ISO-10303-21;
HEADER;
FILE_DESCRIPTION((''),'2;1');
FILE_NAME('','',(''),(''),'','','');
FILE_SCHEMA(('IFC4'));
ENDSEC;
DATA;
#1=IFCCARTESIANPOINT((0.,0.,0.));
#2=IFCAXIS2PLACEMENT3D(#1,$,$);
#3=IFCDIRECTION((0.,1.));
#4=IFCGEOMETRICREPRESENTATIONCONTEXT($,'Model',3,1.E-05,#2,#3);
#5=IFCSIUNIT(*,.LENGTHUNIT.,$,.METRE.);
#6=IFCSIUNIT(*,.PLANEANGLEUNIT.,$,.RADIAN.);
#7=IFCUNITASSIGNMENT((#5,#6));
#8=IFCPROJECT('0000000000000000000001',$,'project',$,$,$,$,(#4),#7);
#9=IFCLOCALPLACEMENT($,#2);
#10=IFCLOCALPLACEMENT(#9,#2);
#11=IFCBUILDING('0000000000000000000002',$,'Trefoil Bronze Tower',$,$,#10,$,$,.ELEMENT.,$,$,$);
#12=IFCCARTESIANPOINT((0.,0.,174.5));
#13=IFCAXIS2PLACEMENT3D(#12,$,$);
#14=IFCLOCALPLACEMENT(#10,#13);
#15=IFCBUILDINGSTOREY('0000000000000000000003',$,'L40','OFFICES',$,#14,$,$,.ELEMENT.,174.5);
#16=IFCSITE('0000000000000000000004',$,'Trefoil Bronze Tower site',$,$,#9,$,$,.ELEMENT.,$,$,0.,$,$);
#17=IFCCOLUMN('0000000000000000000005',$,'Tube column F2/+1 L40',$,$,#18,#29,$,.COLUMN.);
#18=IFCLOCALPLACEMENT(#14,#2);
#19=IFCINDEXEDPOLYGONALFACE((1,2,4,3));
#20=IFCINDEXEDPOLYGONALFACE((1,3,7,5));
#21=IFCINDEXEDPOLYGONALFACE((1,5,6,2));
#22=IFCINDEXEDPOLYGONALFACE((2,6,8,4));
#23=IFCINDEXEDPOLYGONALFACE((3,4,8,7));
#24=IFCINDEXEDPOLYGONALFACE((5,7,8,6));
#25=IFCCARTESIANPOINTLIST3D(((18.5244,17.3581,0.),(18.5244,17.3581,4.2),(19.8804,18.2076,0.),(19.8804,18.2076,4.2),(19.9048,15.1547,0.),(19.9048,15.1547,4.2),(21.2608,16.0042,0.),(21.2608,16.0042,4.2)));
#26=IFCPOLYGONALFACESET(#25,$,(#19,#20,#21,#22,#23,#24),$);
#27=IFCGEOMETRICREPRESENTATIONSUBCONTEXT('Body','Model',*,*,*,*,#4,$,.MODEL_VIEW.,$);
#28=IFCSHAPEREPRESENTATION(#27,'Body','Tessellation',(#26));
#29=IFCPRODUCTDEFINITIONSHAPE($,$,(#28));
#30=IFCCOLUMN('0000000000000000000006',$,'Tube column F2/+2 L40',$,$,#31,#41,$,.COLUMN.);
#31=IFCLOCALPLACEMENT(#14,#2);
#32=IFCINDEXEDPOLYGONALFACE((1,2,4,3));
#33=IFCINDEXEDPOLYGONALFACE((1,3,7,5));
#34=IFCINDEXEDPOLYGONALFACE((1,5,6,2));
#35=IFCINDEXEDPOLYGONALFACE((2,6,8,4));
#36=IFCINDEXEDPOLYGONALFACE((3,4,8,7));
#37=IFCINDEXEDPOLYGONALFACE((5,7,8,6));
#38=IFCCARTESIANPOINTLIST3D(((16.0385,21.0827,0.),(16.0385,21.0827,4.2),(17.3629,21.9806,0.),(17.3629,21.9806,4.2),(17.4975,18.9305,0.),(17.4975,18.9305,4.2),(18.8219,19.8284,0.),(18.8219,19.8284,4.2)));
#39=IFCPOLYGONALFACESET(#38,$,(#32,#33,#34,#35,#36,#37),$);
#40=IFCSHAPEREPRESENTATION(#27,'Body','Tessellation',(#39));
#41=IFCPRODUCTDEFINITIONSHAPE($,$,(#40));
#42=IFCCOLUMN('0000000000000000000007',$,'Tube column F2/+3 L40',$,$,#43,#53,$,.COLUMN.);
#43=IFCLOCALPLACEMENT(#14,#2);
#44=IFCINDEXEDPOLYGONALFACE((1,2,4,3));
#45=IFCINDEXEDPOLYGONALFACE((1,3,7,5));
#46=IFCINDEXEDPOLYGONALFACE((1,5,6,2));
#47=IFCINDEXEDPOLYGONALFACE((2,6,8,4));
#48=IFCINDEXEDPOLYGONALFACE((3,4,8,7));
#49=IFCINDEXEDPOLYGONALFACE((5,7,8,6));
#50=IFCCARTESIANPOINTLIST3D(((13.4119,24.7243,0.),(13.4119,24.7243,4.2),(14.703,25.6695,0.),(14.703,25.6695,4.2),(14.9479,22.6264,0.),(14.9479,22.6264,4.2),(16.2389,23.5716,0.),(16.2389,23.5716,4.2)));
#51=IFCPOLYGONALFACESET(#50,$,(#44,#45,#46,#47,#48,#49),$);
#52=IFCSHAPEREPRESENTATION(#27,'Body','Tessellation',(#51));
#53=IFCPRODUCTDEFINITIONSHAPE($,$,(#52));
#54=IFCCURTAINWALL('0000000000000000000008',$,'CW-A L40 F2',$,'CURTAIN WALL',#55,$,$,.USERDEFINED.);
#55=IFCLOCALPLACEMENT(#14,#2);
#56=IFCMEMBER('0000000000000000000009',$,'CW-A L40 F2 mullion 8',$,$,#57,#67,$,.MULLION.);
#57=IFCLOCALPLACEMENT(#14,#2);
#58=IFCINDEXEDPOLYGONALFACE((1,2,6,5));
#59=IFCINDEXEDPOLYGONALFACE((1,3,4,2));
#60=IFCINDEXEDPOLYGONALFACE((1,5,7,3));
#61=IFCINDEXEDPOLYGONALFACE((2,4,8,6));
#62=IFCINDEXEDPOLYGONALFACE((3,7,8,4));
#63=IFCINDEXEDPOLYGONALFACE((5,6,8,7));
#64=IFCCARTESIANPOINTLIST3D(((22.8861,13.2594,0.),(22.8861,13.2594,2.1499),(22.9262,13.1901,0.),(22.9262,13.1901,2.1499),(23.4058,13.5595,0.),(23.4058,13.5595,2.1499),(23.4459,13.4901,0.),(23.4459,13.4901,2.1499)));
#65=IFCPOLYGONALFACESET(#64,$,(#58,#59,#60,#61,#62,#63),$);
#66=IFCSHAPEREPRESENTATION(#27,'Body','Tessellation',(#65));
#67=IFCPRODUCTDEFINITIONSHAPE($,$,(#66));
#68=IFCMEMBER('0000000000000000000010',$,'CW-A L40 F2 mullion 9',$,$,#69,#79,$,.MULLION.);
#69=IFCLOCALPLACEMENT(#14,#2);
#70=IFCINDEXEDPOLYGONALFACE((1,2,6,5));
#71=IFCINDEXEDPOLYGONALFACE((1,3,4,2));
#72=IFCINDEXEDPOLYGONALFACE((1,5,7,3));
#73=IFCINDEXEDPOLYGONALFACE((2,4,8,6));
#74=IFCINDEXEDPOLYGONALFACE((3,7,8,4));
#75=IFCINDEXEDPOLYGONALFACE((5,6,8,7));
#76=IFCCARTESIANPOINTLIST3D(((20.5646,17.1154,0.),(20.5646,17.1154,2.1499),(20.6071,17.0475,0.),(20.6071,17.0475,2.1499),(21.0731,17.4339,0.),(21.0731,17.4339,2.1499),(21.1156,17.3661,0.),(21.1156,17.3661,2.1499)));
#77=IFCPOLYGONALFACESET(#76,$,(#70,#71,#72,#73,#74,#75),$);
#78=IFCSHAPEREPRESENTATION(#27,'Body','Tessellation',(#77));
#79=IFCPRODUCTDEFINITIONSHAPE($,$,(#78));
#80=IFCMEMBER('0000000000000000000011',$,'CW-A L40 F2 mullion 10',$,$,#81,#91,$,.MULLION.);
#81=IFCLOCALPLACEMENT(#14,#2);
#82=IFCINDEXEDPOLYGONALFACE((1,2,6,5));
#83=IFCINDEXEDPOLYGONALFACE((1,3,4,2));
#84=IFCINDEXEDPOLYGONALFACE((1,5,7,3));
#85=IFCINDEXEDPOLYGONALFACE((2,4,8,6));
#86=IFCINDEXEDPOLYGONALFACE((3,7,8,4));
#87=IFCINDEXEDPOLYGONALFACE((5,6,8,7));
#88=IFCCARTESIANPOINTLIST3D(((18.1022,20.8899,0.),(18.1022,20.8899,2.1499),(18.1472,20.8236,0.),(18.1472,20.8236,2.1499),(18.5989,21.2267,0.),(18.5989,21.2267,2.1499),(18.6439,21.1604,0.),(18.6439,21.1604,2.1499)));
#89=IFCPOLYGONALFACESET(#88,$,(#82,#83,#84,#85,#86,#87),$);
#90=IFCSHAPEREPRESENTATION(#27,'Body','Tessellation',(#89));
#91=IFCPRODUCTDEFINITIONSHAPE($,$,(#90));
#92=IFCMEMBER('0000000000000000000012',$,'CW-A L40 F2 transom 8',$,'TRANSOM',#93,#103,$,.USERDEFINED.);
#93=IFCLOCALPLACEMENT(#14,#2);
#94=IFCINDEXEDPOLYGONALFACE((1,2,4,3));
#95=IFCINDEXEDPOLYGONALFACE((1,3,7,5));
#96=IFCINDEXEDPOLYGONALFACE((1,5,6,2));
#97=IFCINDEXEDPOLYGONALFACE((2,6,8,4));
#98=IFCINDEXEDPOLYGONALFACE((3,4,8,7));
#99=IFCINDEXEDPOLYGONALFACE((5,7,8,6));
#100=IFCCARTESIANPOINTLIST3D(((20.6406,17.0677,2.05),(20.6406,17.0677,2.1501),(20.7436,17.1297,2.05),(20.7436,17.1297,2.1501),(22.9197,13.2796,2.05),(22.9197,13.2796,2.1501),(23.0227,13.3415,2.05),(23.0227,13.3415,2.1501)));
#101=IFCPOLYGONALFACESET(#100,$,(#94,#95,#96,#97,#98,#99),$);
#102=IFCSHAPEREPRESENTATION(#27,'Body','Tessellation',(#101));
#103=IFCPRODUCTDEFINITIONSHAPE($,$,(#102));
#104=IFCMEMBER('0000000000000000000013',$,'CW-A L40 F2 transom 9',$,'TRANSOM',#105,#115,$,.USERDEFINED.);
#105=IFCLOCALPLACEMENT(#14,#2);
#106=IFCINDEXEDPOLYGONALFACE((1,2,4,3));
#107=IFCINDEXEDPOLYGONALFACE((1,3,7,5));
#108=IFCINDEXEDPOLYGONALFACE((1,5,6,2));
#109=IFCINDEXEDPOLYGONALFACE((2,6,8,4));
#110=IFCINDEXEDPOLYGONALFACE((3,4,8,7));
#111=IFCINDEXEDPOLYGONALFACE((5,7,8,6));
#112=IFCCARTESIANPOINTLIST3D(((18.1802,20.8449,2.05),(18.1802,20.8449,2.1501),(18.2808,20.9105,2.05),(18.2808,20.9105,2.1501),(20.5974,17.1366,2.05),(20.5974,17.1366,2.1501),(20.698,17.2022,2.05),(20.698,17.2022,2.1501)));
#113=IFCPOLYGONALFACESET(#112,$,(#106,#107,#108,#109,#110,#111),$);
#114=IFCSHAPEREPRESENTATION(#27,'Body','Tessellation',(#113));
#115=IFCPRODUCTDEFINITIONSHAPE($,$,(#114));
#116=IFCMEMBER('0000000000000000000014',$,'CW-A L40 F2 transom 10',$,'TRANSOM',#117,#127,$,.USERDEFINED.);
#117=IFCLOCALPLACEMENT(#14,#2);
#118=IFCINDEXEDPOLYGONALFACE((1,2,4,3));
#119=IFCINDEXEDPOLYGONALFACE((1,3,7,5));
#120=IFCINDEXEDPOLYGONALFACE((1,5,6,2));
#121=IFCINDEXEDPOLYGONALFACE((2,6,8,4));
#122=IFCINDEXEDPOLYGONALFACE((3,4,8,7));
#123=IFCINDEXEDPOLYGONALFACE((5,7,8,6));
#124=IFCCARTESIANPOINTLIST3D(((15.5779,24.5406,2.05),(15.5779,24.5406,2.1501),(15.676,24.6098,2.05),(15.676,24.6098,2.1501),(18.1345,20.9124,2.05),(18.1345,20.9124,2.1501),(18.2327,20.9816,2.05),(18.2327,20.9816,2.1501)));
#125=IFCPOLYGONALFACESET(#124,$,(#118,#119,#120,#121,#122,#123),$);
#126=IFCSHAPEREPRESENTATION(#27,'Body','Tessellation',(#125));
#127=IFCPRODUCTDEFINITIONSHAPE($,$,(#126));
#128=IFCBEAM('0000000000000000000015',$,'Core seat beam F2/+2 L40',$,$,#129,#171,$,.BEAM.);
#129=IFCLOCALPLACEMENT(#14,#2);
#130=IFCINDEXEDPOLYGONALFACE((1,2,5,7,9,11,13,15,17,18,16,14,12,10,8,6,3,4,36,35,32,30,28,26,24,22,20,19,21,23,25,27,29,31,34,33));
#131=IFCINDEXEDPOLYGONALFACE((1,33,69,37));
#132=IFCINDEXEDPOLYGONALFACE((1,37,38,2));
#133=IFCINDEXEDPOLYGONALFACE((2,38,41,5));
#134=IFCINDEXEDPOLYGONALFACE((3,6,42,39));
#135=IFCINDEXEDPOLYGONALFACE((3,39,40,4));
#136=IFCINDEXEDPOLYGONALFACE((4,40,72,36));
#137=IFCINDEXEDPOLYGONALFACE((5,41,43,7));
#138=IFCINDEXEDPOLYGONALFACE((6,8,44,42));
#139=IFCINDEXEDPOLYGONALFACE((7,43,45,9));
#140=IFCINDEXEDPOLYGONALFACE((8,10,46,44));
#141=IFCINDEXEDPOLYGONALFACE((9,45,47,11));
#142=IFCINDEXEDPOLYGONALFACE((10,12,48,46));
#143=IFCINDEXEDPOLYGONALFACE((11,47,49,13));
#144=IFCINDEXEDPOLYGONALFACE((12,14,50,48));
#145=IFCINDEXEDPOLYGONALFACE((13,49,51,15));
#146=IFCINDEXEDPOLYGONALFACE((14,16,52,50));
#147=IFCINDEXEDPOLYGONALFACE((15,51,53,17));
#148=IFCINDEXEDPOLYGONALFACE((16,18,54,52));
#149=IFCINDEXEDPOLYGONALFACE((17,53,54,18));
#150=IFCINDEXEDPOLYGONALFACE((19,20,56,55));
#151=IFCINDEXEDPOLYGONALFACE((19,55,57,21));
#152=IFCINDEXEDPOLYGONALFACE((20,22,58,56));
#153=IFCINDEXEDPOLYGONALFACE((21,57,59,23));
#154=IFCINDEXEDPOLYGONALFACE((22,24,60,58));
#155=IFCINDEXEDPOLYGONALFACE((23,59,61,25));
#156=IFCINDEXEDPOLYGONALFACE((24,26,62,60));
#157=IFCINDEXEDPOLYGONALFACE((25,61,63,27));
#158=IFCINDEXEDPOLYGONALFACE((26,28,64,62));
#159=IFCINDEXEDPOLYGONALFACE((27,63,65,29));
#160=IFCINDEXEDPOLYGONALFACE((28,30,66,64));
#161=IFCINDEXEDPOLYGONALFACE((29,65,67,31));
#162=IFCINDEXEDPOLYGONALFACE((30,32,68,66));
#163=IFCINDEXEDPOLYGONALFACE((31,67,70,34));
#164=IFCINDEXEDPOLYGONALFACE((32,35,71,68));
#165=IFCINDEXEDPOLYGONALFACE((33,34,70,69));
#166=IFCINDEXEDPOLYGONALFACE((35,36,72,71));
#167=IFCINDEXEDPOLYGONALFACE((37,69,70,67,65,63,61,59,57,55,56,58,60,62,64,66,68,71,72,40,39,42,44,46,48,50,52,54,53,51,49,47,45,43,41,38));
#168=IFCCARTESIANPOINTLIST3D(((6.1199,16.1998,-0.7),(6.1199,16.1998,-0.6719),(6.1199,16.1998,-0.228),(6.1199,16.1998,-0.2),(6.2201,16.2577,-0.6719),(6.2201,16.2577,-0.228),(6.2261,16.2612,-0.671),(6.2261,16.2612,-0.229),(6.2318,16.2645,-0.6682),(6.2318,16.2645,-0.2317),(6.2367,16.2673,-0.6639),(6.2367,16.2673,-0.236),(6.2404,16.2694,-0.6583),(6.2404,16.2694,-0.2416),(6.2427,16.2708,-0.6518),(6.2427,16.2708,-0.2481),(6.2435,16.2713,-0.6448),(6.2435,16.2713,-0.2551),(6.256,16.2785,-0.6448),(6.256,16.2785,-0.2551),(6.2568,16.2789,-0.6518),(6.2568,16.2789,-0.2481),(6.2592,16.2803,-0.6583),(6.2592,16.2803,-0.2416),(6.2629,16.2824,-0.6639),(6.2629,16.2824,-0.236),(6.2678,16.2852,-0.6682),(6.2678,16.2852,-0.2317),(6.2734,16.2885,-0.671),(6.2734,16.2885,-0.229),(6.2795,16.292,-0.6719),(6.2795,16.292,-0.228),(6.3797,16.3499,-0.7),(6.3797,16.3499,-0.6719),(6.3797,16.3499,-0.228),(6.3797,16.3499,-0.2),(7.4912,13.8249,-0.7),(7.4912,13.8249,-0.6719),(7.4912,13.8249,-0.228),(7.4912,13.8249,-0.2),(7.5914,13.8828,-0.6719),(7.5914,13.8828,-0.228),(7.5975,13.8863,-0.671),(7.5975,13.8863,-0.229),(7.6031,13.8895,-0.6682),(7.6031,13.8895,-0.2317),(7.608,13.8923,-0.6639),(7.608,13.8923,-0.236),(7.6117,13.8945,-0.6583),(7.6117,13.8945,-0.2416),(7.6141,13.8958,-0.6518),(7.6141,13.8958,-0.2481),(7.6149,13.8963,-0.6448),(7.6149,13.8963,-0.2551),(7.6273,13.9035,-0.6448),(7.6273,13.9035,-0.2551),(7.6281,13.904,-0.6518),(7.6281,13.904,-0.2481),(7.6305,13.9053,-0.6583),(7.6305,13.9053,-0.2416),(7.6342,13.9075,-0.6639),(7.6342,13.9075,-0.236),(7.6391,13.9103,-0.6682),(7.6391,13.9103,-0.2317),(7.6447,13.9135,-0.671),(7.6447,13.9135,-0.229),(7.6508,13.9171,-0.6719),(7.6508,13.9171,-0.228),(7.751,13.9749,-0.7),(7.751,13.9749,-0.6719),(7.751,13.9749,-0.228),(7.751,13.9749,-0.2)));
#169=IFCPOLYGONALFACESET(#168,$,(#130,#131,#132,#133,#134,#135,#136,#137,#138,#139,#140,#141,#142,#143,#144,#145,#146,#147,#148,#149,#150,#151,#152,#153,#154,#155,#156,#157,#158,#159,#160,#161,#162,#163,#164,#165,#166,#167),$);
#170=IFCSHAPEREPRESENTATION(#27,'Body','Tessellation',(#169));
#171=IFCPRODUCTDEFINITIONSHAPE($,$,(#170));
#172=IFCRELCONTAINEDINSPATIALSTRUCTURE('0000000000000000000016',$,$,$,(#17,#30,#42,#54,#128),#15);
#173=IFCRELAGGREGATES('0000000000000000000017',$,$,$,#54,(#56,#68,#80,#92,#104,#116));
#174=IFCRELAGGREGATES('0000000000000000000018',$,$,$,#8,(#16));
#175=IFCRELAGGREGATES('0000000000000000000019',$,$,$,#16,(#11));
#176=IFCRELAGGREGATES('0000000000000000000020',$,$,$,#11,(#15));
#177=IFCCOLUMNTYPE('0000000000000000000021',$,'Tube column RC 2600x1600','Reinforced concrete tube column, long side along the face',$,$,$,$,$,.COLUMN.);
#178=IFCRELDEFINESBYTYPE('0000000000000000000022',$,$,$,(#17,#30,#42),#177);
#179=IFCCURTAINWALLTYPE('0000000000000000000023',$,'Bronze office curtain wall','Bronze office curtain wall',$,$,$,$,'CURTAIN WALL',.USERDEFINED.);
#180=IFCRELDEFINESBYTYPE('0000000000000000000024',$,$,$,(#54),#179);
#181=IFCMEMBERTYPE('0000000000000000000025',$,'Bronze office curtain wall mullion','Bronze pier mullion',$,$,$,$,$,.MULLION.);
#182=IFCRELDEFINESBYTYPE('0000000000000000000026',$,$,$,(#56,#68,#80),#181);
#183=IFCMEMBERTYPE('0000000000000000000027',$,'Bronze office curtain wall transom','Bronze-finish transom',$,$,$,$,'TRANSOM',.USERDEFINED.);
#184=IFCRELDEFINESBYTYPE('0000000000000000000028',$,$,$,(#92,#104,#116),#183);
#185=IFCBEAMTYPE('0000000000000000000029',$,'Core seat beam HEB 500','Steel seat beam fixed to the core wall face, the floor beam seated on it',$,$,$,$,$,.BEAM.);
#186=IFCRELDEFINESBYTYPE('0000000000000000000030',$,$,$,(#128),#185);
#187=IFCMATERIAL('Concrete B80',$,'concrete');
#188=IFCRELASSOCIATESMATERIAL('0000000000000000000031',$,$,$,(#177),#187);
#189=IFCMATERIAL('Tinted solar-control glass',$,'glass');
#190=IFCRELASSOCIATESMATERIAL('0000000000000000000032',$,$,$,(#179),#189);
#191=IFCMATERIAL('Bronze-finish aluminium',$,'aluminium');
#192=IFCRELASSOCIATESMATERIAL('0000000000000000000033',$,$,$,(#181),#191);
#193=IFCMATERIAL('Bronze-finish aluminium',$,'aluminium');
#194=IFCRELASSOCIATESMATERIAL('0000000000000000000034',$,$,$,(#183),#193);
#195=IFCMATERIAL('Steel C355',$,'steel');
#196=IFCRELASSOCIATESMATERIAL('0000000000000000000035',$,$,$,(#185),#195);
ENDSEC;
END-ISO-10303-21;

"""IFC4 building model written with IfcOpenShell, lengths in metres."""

from ifc_helpers import new_model, si_unit, direction, frame, origin, origin_2d, place, context, subcontext, project, spatial, rectangle, i_section, extrude, material, material_profile, profile_set, type_object, element, aggregate, save


model = new_model("IFC4")

# Units and contexts
model_context = context("Model", 3, precision=1e-05, world=origin(), true_north=direction((0.0, 1.0)))
body_context = subcontext(model_context, "Body", "Model", "MODEL_VIEW")
ifc_project = project(units=[si_unit("LENGTHUNIT", "METRE"), si_unit("PLANEANGLEUNIT", "RADIAN")], contexts=[model_context])

# Site, building, storey
site_placement = place(None, origin())
site = spatial("IfcSite", under=ifc_project, at=site_placement, Name="Trefoil Bronze Tower site", CompositionType="ELEMENT", RefElevation=0.0)
building_placement = place(site_placement, origin())
building = spatial("IfcBuilding", under=site, at=building_placement, Name="Trefoil Bronze Tower", CompositionType="ELEMENT")
storey_placement = place(building_placement, frame((0.0, 0.0, 174.5)))
storey = spatial("IfcBuildingStorey", under=building, at=storey_placement, Name="L40", Description="OFFICES", CompositionType="ELEMENT", Elevation=174.5)

# Columns
ifc_material_1 = material(Name="Concrete B80", Category="concrete")
ifc_material_profile_1 = material_profile(ifc_material_1, rectangle(XDim=2.6001, YDim=1.6001, at=origin_2d()), Name="RC 2600x1600")
ifc_profile_set_1 = profile_set([ifc_material_profile_1], Name="Concrete B80")
column_type = type_object("IfcColumnType", Name="Tube column RC 2600x1600", Description="Reinforced concrete tube column, long side along the face", PredefinedType="COLUMN", material=ifc_profile_set_1)
for number, where, z_axis, x_axis, name in (
    (1, (19.8926, 16.6812, 0.0), (0.0, 0.0, 1.0), (-0.530893, 0.847439, 0.0), "Tube column F2/+1 L40"),
    (2, (17.4302, 20.4556, 0.0), (0.0, 0.0, 1.0), (-0.561136, 0.827724, 0.0), "Tube column F2/+2 L40"),
    (3, (14.8254, 24.1479, 0.0), (0.0, 0.0, 1.0), (-0.590723, 0.806875, 0.0), "Tube column F2/+3 L40"),
):
    element("IfcColumn", number, at=place(storey_placement, frame(where, z_axis=z_axis, x_axis=x_axis)), inside=storey, type_object=column_type, Name=name, PredefinedType="COLUMN", context=body_context, shape_type="SweptSolid", body=[
        extrude(rectangle(XDim=2.6001, YDim=1.6001, at=origin_2d()), origin(), (0.0, 0.0, 1.0), 4.2),
    ])

# Curtain wall, members
ifc_material_2 = material(Name="Tinted solar-control glass", Category="glass")
curtain_wall_type = type_object("IfcCurtainWallType", Name="Bronze office curtain wall", Description="Bronze office curtain wall", ElementType="CURTAIN WALL", PredefinedType="USERDEFINED", material=ifc_material_2)
curtain_wall_placement = place(storey_placement, origin())
curtain_wall = element("IfcCurtainWall", 4, at=curtain_wall_placement, inside=storey, type_object=curtain_wall_type, Name="CW-A L40 F2", ObjectType="CURTAIN WALL", PredefinedType="USERDEFINED")
ifc_material_3 = material(Name="Bronze-finish aluminium", Category="aluminium")
ifc_material_profile_2 = material_profile(ifc_material_3, rectangle(XDim=0.6001, YDim=0.0801, at=origin_2d()), Name="CW-A mullion")
ifc_profile_set_2 = profile_set([ifc_material_profile_2], Name="Bronze-finish aluminium")
member_type_1 = type_object("IfcMemberType", Name="Bronze office curtain wall mullion", Description="Bronze pier mullion", PredefinedType="MULLION", material=ifc_profile_set_2)
member_1_placement = place(storey_placement, frame((23.166, 13.3748, 0.0), z_axis=(0.0, 0.0, 1.0), x_axis=(-0.866025, -0.5, 0.0)))
member_1 = element("IfcMember", 5, at=member_1_placement, type_object=member_type_1, Name="CW-A L40 F2 mullion 8", PredefinedType="MULLION", context=body_context, shape_type="SweptSolid", body=[
    extrude(rectangle(XDim=0.6001, YDim=0.0801, at=origin_2d()), origin(), (0.0, 0.0, 1.0), 2.1499),
])
member_2_placement = place(storey_placement, frame((20.8401, 17.2407, 0.0), z_axis=(0.0, 0.0, 1.0), x_axis=(-0.847439, -0.530893, 0.0)))
member_2 = element("IfcMember", 6, at=member_2_placement, type_object=member_type_1, Name="CW-A L40 F2 mullion 9", PredefinedType="MULLION", context=body_context, shape_type="SweptSolid", body=[
    extrude(rectangle(XDim=0.6001, YDim=0.0801, at=origin_2d()), origin(), (0.0, 0.0, 1.0), 2.1499),
])
member_3_placement = place(storey_placement, frame((18.373, 21.0251, 0.0), z_axis=(0.0, 0.0, 1.0), x_axis=(-0.827724, -0.561136, 0.0)))
member_3 = element("IfcMember", 7, at=member_3_placement, type_object=member_type_1, Name="CW-A L40 F2 mullion 10", PredefinedType="MULLION", context=body_context, shape_type="SweptSolid", body=[
    extrude(rectangle(XDim=0.6001, YDim=0.0801, at=origin_2d()), origin(), (0.0, 0.0, 1.0), 2.1499),
])
ifc_material_4 = material(Name="Bronze-finish aluminium", Category="aluminium")
ifc_material_profile_3 = material_profile(ifc_material_4, rectangle(XDim=0.1201, YDim=0.1001, at=origin_2d()), Name="CW-A transom")
ifc_profile_set_3 = profile_set([ifc_material_profile_3], Name="Bronze-finish aluminium")
member_type_2 = type_object("IfcMemberType", Name="Bronze office curtain wall transom", Description="Bronze-finish transom", ElementType="TRANSOM", PredefinedType="USERDEFINED", material=ifc_profile_set_3)
member_4_placement = place(storey_placement, frame((22.9712, 13.3105, 2.1001), z_axis=(-0.515527, 0.856873, 0.0), x_axis=(-0.856873, -0.515527, 0.0)))
member_4 = element("IfcMember", 8, at=member_4_placement, type_object=member_type_2, Name="CW-A L40 F2 transom 8", ObjectType="TRANSOM", PredefinedType="USERDEFINED", context=body_context, shape_type="SweptSolid", body=[
    extrude(rectangle(XDim=0.1201, YDim=0.1001, at=origin_2d()), origin(), (0.0, 0.0, 1.0), 4.4209),
])
member_5_placement = place(storey_placement, frame((20.6477, 17.1694, 2.1001), z_axis=(-0.546079, 0.837733, 0.0), x_axis=(-0.837733, -0.546079, 0.0)))
member_5 = element("IfcMember", 9, at=member_5_placement, type_object=member_type_2, Name="CW-A L40 F2 transom 9", ObjectType="TRANSOM", PredefinedType="USERDEFINED", context=body_context, shape_type="SweptSolid", body=[
    extrude(rectangle(XDim=0.1201, YDim=0.1001, at=origin_2d()), origin(), (0.0, 0.0, 1.0), 4.4265),
])
member_6_placement = place(storey_placement, frame((18.1836, 20.947, 2.1001), z_axis=(-0.576018, 0.817437, 0.0), x_axis=(-0.817437, -0.576018, 0.0)))
member_6 = element("IfcMember", 10, at=member_6_placement, type_object=member_type_2, Name="CW-A L40 F2 transom 10", ObjectType="TRANSOM", PredefinedType="USERDEFINED", context=body_context, shape_type="SweptSolid", body=[
    extrude(rectangle(XDim=0.1201, YDim=0.1001, at=origin_2d()), origin(), (0.0, 0.0, 1.0), 4.4385),
])

# Beam
ifc_material_5 = material(Name="Steel C355", Category="steel")
ifc_material_profile_4 = material_profile(ifc_material_5, i_section(OverallWidth=0.3, OverallDepth=0.5, WebThickness=0.0144, FlangeThickness=0.0281, FilletRadius=0.0271, at=origin_2d()), Name="HEB 500")
ifc_profile_set_4 = profile_set([ifc_material_profile_4], Name="Steel C355")
beam_type_1 = type_object("IfcBeamType", Name="Core seat beam HEB 500", Description="Steel seat beam fixed to the core wall face, the floor beam seated on it", PredefinedType="BEAM", material=ifc_profile_set_4)
beam_1_placement = place(storey_placement, frame((7.6211, 13.8999, -0.45), z_axis=(-0.500036, 0.866005, 0.0), x_axis=(-0.866005, -0.500036, 0.0)))
element("IfcBeam", 11, at=beam_1_placement, inside=storey, type_object=beam_type_1, Name="Core seat beam F2/+2 L40", PredefinedType="BEAM", context=body_context, shape_type="SweptSolid", body=[
    extrude(i_section(OverallWidth=0.3, OverallDepth=0.5, WebThickness=0.0144, FlangeThickness=0.0281, FilletRadius=0.0271, at=origin_2d()), origin(), (0.0, 0.0, 1.0), 2.7424),
])

aggregate(curtain_wall, [member_1, member_2, member_3, member_4, member_5, member_6])

save(model, "model.ifc")
